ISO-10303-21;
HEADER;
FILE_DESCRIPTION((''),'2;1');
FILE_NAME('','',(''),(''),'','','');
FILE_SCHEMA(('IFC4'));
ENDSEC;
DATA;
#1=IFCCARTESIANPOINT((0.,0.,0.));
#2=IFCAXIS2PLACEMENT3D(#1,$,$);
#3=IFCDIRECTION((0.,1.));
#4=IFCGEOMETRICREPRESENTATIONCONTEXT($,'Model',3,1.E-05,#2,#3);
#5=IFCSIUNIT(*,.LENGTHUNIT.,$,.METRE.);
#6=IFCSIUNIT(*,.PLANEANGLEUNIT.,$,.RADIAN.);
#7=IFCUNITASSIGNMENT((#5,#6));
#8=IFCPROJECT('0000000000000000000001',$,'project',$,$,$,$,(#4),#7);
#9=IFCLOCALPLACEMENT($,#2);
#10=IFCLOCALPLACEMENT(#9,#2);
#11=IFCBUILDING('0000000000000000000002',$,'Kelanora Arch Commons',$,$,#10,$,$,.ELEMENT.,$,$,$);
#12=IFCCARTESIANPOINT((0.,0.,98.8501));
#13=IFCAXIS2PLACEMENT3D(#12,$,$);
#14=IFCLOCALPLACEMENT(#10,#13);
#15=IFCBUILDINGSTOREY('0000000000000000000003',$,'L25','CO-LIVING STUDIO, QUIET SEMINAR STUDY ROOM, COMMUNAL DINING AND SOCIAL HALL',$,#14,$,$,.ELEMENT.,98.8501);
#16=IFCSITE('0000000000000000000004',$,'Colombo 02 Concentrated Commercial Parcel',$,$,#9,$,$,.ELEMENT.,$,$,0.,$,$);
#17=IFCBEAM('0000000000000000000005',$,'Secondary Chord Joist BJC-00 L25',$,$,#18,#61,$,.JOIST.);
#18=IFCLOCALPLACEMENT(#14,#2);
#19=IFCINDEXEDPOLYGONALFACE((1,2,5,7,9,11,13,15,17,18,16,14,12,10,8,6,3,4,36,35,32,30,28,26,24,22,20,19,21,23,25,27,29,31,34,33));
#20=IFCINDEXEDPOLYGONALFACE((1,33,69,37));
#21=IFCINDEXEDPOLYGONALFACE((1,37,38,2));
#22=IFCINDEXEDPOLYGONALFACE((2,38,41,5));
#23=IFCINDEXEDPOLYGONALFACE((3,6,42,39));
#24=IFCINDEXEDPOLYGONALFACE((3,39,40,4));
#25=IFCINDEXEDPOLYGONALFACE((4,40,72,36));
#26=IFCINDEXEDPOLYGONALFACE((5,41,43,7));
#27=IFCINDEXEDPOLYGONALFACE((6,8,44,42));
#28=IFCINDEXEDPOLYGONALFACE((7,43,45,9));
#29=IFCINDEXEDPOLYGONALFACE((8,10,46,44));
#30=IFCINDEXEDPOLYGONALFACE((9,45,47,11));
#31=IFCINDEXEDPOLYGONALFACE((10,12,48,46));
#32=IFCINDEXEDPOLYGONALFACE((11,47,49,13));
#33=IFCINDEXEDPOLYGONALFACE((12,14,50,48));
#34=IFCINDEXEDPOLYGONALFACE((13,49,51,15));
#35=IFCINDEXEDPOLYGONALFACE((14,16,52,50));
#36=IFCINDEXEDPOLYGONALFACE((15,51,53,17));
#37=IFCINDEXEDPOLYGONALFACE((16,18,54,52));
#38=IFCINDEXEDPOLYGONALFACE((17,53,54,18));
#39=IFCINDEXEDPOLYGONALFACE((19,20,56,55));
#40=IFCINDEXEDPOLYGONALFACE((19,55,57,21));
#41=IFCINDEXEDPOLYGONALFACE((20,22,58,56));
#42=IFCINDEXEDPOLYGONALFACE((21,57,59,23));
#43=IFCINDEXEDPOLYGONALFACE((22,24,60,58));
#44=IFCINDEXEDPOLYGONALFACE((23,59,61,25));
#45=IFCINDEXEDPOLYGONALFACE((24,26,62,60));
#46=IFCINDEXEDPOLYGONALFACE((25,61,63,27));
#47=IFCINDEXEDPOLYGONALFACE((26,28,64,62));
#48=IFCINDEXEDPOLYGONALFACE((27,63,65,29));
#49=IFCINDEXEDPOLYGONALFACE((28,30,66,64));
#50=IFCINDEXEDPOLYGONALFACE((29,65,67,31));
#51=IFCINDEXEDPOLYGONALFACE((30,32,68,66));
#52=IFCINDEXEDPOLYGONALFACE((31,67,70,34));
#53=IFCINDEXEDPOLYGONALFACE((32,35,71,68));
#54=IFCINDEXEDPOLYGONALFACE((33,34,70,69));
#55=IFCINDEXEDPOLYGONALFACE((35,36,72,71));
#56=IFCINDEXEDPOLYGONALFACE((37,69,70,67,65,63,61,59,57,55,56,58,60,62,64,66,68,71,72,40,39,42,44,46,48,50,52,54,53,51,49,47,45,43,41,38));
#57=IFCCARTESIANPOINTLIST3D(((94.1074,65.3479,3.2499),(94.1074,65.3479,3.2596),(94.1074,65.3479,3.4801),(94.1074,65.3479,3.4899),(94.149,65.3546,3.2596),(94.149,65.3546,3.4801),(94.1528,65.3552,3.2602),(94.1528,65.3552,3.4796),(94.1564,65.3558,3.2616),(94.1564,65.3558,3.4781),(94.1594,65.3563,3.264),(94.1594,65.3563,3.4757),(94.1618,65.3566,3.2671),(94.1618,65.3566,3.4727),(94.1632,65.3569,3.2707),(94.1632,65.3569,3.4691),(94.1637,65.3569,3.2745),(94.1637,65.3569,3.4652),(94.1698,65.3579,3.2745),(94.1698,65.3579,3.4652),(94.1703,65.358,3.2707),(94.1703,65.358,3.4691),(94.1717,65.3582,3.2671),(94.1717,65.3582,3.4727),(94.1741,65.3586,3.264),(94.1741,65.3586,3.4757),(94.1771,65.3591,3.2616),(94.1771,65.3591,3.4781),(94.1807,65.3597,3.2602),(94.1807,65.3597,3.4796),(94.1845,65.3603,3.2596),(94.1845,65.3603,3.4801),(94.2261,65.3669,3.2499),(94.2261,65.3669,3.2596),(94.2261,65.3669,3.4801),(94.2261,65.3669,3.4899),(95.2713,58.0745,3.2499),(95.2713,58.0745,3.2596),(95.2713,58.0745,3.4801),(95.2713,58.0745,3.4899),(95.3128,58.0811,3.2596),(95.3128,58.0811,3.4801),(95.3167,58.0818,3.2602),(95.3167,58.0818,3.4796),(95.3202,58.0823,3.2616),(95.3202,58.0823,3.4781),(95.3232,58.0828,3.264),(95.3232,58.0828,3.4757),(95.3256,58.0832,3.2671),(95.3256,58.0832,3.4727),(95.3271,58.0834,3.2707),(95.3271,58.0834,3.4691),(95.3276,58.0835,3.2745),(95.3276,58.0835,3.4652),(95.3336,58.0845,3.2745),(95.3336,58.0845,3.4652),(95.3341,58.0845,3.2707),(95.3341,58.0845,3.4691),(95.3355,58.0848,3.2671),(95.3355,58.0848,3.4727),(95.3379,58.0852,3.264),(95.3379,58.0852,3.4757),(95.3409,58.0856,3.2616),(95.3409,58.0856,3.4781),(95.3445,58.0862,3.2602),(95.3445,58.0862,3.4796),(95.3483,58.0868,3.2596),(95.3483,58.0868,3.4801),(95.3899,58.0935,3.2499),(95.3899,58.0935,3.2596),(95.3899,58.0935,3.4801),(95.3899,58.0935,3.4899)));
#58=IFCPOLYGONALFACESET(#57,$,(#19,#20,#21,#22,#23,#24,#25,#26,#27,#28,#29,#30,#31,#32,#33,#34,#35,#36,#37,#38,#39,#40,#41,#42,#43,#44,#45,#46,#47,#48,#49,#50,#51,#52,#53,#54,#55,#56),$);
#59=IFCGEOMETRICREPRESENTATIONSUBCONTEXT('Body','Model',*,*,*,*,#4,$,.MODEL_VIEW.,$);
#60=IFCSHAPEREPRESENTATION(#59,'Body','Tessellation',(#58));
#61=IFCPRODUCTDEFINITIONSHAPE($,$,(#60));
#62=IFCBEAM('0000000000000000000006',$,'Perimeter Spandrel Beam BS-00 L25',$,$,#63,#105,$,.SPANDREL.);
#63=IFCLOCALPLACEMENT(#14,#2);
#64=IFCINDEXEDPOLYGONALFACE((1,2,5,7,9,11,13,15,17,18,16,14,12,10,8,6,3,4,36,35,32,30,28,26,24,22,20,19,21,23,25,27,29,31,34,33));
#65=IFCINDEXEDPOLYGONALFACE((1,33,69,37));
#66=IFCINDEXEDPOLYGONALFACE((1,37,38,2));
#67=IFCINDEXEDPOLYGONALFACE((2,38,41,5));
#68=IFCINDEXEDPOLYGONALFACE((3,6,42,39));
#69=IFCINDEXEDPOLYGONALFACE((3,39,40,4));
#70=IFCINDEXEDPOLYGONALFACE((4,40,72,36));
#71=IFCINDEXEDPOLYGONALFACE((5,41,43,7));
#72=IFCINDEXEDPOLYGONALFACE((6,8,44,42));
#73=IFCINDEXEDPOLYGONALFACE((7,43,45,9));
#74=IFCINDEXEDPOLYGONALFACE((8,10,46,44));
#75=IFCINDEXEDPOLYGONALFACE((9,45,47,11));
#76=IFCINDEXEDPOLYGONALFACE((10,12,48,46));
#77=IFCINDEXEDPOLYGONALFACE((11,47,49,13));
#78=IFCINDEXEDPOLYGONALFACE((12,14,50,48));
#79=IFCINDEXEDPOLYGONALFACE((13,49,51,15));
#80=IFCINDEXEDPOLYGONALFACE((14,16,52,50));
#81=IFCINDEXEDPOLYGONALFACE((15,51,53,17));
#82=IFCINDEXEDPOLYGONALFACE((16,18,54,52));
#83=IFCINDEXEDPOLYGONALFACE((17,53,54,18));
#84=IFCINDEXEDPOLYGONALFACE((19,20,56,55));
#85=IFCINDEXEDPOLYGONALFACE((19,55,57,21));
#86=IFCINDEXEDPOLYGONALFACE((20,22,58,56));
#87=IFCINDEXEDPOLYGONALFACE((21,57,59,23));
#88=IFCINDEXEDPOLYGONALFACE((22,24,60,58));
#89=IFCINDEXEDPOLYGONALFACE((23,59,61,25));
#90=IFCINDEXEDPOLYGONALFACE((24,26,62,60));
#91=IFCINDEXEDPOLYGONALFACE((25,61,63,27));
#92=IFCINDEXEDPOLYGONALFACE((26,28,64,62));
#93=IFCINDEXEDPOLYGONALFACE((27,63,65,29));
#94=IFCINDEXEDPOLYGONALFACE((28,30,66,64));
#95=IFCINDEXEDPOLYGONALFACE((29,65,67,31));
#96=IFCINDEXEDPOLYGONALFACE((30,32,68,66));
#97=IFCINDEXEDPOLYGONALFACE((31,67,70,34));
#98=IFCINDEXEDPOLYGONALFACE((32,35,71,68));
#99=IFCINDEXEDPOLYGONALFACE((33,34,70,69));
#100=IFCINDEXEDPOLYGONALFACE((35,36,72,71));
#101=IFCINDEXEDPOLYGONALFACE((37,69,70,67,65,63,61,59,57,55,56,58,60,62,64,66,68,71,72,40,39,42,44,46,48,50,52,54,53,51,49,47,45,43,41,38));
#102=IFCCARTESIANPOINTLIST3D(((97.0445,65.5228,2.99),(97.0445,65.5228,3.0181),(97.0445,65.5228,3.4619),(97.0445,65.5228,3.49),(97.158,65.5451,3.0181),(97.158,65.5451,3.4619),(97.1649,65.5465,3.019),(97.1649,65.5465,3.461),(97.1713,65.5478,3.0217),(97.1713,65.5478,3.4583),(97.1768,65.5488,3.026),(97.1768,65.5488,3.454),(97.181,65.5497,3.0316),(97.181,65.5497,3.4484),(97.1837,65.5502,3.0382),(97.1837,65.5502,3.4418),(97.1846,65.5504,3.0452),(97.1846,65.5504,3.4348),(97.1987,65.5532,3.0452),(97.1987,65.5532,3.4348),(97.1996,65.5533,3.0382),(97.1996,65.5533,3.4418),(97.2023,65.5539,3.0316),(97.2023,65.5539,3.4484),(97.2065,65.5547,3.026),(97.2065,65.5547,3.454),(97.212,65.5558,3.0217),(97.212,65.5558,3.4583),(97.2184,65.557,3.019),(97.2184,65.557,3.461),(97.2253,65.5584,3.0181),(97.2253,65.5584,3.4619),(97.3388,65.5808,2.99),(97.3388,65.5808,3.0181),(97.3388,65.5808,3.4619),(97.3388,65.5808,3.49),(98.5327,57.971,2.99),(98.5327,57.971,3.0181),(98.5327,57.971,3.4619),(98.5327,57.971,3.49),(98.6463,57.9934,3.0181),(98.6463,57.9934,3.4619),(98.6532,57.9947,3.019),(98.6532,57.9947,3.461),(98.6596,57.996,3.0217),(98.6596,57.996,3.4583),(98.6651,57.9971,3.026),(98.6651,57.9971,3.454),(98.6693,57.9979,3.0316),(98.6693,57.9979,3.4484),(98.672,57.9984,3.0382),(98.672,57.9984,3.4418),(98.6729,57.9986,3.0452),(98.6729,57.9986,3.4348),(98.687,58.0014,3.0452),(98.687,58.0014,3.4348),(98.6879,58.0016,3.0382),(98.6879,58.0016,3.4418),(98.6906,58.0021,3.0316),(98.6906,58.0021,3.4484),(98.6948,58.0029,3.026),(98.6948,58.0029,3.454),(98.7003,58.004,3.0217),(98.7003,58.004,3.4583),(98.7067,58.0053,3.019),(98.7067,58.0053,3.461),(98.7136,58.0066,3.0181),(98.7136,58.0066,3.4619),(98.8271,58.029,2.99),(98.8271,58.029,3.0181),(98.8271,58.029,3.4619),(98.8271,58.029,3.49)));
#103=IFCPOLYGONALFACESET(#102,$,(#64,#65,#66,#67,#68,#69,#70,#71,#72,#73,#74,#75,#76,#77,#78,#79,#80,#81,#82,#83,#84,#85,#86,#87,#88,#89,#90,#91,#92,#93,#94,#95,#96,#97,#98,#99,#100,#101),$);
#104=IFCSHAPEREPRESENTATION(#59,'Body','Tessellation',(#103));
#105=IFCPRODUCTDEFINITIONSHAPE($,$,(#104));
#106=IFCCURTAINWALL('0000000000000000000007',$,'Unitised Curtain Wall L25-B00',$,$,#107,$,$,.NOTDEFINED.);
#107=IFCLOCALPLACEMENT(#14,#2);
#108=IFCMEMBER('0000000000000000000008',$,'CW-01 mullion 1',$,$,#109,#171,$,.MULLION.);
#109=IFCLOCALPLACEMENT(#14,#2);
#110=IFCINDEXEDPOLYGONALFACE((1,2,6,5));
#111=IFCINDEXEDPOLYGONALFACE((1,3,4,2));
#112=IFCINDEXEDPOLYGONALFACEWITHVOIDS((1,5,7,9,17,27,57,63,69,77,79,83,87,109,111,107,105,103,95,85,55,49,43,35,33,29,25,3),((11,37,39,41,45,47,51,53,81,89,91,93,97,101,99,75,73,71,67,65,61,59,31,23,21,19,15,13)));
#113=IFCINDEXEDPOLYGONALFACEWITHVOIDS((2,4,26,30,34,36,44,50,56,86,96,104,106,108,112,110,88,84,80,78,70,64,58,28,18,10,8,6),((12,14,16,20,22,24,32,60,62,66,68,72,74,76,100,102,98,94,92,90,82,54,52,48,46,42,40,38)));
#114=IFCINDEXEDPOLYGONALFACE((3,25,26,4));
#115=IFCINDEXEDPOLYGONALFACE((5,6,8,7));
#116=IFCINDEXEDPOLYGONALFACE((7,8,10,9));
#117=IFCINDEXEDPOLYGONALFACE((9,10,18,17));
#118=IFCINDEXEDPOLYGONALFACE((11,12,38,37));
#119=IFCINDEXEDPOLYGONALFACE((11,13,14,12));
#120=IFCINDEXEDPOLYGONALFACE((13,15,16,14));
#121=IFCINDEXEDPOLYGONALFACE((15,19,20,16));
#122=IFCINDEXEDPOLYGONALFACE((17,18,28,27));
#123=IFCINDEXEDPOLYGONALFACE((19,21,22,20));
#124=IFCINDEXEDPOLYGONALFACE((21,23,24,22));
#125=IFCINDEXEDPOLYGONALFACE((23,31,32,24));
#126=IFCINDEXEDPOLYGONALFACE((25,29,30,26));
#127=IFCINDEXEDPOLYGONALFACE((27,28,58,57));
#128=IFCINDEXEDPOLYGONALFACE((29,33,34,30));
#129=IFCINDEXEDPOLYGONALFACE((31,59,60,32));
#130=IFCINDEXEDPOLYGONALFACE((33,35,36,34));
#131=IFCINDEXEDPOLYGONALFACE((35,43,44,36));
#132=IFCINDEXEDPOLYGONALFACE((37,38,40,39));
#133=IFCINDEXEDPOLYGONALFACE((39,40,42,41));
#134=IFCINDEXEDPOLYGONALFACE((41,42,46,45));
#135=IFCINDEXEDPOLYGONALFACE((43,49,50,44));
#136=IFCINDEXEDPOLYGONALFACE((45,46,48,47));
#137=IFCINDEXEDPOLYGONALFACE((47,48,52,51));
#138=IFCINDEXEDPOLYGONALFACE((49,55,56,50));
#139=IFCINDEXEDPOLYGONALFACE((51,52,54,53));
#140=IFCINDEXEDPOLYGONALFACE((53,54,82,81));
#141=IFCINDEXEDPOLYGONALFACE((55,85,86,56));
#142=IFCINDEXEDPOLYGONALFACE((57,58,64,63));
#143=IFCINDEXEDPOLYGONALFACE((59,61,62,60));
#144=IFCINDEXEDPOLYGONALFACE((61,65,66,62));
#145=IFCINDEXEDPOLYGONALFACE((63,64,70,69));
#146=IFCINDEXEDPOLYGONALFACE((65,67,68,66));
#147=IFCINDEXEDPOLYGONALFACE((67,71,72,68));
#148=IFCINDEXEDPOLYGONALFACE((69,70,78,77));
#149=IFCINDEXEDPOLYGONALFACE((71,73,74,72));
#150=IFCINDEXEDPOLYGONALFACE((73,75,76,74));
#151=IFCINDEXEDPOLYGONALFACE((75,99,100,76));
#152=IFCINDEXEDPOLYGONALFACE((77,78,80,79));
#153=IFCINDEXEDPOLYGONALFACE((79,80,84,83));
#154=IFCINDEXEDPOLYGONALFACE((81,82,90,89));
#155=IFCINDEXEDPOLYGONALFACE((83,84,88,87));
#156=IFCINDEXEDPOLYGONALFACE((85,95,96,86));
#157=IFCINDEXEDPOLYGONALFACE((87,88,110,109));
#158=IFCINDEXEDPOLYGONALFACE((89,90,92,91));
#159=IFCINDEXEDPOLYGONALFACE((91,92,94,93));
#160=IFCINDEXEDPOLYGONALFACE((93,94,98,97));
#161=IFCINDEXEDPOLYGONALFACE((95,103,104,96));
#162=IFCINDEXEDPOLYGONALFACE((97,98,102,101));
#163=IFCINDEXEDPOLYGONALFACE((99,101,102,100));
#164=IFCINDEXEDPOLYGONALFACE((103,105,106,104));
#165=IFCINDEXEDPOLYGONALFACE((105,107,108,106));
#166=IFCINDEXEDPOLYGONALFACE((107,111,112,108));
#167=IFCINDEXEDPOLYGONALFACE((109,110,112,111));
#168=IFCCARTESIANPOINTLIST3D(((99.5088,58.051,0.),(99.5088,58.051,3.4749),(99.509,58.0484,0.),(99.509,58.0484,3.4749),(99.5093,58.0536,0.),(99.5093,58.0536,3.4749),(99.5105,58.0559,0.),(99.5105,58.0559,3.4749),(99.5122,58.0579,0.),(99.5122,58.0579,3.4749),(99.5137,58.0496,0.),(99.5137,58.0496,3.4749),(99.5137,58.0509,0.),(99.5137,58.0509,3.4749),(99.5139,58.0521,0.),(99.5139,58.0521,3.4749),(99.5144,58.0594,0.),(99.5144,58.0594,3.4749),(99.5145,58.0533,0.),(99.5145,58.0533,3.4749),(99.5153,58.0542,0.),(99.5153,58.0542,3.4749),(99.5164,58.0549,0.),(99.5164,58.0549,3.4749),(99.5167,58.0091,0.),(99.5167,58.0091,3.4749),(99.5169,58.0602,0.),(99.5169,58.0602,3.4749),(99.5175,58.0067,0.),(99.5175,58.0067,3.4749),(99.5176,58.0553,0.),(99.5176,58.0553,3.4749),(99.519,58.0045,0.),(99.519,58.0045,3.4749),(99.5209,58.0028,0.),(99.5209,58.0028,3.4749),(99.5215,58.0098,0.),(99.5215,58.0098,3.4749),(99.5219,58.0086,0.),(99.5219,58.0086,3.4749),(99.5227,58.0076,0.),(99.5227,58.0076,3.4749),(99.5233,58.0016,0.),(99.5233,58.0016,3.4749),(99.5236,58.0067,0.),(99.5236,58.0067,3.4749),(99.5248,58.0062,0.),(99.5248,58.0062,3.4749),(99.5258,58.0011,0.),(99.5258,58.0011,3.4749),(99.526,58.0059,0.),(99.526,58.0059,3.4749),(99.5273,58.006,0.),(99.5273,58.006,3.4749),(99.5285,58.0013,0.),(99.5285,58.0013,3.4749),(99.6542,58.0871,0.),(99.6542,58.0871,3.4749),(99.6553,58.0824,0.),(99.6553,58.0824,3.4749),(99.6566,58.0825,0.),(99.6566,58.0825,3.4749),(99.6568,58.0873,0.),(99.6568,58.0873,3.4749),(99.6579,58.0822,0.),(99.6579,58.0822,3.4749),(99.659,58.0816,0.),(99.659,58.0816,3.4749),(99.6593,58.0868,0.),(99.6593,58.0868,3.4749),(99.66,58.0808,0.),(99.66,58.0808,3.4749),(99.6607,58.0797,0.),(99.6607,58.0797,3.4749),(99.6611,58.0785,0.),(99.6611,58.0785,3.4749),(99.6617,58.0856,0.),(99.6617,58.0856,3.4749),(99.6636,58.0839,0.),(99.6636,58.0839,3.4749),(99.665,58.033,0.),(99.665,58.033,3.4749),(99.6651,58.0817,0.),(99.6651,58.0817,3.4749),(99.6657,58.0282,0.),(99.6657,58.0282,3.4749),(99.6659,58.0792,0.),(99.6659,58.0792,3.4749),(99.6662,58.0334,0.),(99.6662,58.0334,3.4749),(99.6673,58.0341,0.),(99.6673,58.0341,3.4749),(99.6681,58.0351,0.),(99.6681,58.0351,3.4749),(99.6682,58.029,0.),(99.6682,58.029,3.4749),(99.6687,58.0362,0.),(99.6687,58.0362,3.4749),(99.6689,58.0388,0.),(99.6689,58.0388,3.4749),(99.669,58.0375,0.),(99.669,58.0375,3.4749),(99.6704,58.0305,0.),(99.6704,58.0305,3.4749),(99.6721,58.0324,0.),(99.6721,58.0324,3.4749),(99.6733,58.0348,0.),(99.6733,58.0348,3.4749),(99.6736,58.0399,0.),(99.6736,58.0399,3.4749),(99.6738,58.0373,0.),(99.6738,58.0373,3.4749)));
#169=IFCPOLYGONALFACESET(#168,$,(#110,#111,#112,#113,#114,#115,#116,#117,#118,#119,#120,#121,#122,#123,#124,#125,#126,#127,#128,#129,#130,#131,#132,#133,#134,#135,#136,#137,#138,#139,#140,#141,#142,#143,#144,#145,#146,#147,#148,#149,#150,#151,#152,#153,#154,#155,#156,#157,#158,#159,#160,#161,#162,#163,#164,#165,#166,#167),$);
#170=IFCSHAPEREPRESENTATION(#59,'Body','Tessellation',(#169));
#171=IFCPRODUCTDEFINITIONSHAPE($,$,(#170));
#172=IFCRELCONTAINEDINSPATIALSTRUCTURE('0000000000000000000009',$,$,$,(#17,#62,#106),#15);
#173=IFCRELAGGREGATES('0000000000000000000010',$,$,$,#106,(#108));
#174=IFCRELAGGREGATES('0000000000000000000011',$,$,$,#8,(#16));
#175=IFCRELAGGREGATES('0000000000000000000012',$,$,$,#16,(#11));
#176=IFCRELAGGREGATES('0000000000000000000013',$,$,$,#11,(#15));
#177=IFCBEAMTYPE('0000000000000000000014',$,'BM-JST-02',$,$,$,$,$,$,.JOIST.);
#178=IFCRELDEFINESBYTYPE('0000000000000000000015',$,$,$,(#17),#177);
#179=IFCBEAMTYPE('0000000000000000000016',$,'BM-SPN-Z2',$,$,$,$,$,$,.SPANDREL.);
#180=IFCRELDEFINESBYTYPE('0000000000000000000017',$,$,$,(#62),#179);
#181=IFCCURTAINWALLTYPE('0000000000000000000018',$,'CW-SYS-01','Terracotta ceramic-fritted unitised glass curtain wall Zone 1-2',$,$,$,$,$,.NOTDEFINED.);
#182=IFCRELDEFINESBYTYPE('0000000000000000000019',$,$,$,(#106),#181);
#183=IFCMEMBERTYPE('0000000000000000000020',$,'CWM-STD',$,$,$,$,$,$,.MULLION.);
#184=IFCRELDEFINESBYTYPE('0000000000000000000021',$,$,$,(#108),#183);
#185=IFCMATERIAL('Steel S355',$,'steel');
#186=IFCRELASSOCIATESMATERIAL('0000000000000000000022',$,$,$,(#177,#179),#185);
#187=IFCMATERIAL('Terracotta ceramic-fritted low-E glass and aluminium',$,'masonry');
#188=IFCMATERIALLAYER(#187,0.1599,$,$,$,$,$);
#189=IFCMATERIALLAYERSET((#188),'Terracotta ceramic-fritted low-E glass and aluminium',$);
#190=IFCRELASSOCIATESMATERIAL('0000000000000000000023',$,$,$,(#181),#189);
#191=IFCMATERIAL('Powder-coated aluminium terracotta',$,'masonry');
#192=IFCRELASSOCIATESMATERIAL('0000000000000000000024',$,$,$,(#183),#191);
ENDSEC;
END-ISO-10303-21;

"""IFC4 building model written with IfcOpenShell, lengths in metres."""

from ifc_helpers import new_model, si_unit, direction, frame, origin, origin_2d, place, context, subcontext, project, spatial, hollow_rectangle, i_section, extrude, material, layer, layer_set, material_profile, profile_set, type_object, element, aggregate, save


model = new_model("IFC4")

# Units and contexts
model_context = context("Model", 3, precision=1e-05, world=origin(), true_north=direction((0.0, 1.0)))
body_context = subcontext(model_context, "Body", "Model", "MODEL_VIEW")
ifc_project = project(units=[si_unit("LENGTHUNIT", "METRE"), si_unit("PLANEANGLEUNIT", "RADIAN")], contexts=[model_context])

# Site, building, storey
site_placement = place(None, origin())
site = spatial("IfcSite", under=ifc_project, at=site_placement, Name="Colombo 02 Concentrated Commercial Parcel", CompositionType="ELEMENT", RefElevation=0.0)
building_placement = place(site_placement, origin())
building = spatial("IfcBuilding", under=site, at=building_placement, Name="Kelanora Arch Commons", CompositionType="ELEMENT")
storey_placement = place(building_placement, frame((0.0, 0.0, 98.8501)))
storey = spatial("IfcBuildingStorey", under=building, at=storey_placement, Name="L25", Description="CO-LIVING STUDIO, QUIET SEMINAR STUDY ROOM, COMMUNAL DINING AND SOCIAL HALL", CompositionType="ELEMENT", Elevation=98.8501)

# Beams
ifc_material_1 = material(Name="Steel S355", Category="steel")
ifc_material_profile_1 = material_profile(ifc_material_1, i_section(OverallWidth=0.1201, OverallDepth=0.24, WebThickness=0.0061, FlangeThickness=0.0098, FilletRadius=0.0149, at=origin_2d()), Name="IPE240")
ifc_profile_set_1 = profile_set([ifc_material_profile_1], Name="Steel S355")
beam_type_1 = type_object("IfcBeamType", Name="BM-JST-02", PredefinedType="JOIST", material=ifc_profile_set_1)
beam_1_placement = place(storey_placement, frame((95.3306, 58.084, 3.3699), z_axis=(-0.158, 0.987439, 0.0), x_axis=(-0.987439, -0.158, 0.0)))
element("IfcBeam", 1, at=beam_1_placement, inside=storey, type_object=beam_type_1, Name="Secondary Chord Joist BJC-00 L25", PredefinedType="JOIST", context=body_context, shape_type="SweptSolid", body=[
    extrude(i_section(OverallWidth=0.1201, OverallDepth=0.24, WebThickness=0.0061, FlangeThickness=0.0098, FilletRadius=0.0149, at=origin_2d()), origin(), (0.0, 0.0, 1.0), 7.366),
])
ifc_material_profile_2 = material_profile(ifc_material_1, i_section(OverallWidth=0.3, OverallDepth=0.5, WebThickness=0.0144, FlangeThickness=0.0281, FilletRadius=0.0271, at=origin_2d()), Name="HEB500")
ifc_profile_set_2 = profile_set([ifc_material_profile_2], Name="Steel S355")
beam_type_2 = type_object("IfcBeamType", Name="BM-SPN-Z2", PredefinedType="SPANDREL", material=ifc_profile_set_2)
beam_2_placement = place(storey_placement, frame((98.6799, 58.0, 3.24), z_axis=(-0.193358, 0.981128, 0.0), x_axis=(-0.981128, -0.193358, 0.0)))
element("IfcBeam", 2, at=beam_2_placement, inside=storey, type_object=beam_type_2, Name="Perimeter Spandrel Beam BS-00 L25", PredefinedType="SPANDREL", context=body_context, shape_type="SweptSolid", body=[
    extrude(i_section(OverallWidth=0.3, OverallDepth=0.5, WebThickness=0.0144, FlangeThickness=0.0281, FilletRadius=0.0271, at=origin_2d()), origin(), (0.0, 0.0, 1.0), 7.697),
])

# Curtain wall, member
ifc_material_2 = material(Name="Terracotta ceramic-fritted low-E glass and aluminium", Category="masonry")
ifc_layer_1 = layer(ifc_material_2, 0.1599)
ifc_layer_set_1 = layer_set([ifc_layer_1], Name="Terracotta ceramic-fritted low-E glass and aluminium")
curtain_wall_type = type_object("IfcCurtainWallType", Name="CW-SYS-01", Description="Terracotta ceramic-fritted unitised glass curtain wall Zone 1-2", PredefinedType="NOTDEFINED", material=ifc_layer_set_1)
curtain_wall_placement = place(storey_placement, origin())
curtain_wall = element("IfcCurtainWall", 3, at=curtain_wall_placement, inside=storey, type_object=curtain_wall_type, Name="Unitised Curtain Wall L25-B00", PredefinedType="NOTDEFINED")
ifc_material_3 = material(Name="Powder-coated aluminium terracotta", Category="masonry")
ifc_material_profile_3 = material_profile(ifc_material_3, hollow_rectangle(XDim=0.1599, YDim=0.0601, WallThickness=0.0049, InnerFilletRadius=0.0049, OuterFilletRadius=0.01, at=origin_2d()), Name="CWM160x60")
ifc_profile_set_3 = profile_set([ifc_material_profile_3], Name="Powder-coated aluminium terracotta")
member_type_1 = type_object("IfcMemberType", Name="CWM-STD", PredefinedType="MULLION", material=ifc_profile_set_3)
member_1_placement = place(storey_placement, frame((99.5913, 58.0442, 0.0), z_axis=(0.0, 0.0, 1.0), x_axis=(-0.98128, -0.192585, 0.0)))
member_1 = element("IfcMember", 4, at=member_1_placement, type_object=member_type_1, Name="CW-01 mullion 1", PredefinedType="MULLION", context=body_context, shape_type="SweptSolid", body=[
    extrude(hollow_rectangle(XDim=0.1599, YDim=0.0601, WallThickness=0.0049, InnerFilletRadius=0.0049, OuterFilletRadius=0.01, at=origin_2d()), origin(), (0.0, 0.0, 1.0), 3.4749),
])
aggregate(curtain_wall, [member_1])

save(model, "model.ifc")
